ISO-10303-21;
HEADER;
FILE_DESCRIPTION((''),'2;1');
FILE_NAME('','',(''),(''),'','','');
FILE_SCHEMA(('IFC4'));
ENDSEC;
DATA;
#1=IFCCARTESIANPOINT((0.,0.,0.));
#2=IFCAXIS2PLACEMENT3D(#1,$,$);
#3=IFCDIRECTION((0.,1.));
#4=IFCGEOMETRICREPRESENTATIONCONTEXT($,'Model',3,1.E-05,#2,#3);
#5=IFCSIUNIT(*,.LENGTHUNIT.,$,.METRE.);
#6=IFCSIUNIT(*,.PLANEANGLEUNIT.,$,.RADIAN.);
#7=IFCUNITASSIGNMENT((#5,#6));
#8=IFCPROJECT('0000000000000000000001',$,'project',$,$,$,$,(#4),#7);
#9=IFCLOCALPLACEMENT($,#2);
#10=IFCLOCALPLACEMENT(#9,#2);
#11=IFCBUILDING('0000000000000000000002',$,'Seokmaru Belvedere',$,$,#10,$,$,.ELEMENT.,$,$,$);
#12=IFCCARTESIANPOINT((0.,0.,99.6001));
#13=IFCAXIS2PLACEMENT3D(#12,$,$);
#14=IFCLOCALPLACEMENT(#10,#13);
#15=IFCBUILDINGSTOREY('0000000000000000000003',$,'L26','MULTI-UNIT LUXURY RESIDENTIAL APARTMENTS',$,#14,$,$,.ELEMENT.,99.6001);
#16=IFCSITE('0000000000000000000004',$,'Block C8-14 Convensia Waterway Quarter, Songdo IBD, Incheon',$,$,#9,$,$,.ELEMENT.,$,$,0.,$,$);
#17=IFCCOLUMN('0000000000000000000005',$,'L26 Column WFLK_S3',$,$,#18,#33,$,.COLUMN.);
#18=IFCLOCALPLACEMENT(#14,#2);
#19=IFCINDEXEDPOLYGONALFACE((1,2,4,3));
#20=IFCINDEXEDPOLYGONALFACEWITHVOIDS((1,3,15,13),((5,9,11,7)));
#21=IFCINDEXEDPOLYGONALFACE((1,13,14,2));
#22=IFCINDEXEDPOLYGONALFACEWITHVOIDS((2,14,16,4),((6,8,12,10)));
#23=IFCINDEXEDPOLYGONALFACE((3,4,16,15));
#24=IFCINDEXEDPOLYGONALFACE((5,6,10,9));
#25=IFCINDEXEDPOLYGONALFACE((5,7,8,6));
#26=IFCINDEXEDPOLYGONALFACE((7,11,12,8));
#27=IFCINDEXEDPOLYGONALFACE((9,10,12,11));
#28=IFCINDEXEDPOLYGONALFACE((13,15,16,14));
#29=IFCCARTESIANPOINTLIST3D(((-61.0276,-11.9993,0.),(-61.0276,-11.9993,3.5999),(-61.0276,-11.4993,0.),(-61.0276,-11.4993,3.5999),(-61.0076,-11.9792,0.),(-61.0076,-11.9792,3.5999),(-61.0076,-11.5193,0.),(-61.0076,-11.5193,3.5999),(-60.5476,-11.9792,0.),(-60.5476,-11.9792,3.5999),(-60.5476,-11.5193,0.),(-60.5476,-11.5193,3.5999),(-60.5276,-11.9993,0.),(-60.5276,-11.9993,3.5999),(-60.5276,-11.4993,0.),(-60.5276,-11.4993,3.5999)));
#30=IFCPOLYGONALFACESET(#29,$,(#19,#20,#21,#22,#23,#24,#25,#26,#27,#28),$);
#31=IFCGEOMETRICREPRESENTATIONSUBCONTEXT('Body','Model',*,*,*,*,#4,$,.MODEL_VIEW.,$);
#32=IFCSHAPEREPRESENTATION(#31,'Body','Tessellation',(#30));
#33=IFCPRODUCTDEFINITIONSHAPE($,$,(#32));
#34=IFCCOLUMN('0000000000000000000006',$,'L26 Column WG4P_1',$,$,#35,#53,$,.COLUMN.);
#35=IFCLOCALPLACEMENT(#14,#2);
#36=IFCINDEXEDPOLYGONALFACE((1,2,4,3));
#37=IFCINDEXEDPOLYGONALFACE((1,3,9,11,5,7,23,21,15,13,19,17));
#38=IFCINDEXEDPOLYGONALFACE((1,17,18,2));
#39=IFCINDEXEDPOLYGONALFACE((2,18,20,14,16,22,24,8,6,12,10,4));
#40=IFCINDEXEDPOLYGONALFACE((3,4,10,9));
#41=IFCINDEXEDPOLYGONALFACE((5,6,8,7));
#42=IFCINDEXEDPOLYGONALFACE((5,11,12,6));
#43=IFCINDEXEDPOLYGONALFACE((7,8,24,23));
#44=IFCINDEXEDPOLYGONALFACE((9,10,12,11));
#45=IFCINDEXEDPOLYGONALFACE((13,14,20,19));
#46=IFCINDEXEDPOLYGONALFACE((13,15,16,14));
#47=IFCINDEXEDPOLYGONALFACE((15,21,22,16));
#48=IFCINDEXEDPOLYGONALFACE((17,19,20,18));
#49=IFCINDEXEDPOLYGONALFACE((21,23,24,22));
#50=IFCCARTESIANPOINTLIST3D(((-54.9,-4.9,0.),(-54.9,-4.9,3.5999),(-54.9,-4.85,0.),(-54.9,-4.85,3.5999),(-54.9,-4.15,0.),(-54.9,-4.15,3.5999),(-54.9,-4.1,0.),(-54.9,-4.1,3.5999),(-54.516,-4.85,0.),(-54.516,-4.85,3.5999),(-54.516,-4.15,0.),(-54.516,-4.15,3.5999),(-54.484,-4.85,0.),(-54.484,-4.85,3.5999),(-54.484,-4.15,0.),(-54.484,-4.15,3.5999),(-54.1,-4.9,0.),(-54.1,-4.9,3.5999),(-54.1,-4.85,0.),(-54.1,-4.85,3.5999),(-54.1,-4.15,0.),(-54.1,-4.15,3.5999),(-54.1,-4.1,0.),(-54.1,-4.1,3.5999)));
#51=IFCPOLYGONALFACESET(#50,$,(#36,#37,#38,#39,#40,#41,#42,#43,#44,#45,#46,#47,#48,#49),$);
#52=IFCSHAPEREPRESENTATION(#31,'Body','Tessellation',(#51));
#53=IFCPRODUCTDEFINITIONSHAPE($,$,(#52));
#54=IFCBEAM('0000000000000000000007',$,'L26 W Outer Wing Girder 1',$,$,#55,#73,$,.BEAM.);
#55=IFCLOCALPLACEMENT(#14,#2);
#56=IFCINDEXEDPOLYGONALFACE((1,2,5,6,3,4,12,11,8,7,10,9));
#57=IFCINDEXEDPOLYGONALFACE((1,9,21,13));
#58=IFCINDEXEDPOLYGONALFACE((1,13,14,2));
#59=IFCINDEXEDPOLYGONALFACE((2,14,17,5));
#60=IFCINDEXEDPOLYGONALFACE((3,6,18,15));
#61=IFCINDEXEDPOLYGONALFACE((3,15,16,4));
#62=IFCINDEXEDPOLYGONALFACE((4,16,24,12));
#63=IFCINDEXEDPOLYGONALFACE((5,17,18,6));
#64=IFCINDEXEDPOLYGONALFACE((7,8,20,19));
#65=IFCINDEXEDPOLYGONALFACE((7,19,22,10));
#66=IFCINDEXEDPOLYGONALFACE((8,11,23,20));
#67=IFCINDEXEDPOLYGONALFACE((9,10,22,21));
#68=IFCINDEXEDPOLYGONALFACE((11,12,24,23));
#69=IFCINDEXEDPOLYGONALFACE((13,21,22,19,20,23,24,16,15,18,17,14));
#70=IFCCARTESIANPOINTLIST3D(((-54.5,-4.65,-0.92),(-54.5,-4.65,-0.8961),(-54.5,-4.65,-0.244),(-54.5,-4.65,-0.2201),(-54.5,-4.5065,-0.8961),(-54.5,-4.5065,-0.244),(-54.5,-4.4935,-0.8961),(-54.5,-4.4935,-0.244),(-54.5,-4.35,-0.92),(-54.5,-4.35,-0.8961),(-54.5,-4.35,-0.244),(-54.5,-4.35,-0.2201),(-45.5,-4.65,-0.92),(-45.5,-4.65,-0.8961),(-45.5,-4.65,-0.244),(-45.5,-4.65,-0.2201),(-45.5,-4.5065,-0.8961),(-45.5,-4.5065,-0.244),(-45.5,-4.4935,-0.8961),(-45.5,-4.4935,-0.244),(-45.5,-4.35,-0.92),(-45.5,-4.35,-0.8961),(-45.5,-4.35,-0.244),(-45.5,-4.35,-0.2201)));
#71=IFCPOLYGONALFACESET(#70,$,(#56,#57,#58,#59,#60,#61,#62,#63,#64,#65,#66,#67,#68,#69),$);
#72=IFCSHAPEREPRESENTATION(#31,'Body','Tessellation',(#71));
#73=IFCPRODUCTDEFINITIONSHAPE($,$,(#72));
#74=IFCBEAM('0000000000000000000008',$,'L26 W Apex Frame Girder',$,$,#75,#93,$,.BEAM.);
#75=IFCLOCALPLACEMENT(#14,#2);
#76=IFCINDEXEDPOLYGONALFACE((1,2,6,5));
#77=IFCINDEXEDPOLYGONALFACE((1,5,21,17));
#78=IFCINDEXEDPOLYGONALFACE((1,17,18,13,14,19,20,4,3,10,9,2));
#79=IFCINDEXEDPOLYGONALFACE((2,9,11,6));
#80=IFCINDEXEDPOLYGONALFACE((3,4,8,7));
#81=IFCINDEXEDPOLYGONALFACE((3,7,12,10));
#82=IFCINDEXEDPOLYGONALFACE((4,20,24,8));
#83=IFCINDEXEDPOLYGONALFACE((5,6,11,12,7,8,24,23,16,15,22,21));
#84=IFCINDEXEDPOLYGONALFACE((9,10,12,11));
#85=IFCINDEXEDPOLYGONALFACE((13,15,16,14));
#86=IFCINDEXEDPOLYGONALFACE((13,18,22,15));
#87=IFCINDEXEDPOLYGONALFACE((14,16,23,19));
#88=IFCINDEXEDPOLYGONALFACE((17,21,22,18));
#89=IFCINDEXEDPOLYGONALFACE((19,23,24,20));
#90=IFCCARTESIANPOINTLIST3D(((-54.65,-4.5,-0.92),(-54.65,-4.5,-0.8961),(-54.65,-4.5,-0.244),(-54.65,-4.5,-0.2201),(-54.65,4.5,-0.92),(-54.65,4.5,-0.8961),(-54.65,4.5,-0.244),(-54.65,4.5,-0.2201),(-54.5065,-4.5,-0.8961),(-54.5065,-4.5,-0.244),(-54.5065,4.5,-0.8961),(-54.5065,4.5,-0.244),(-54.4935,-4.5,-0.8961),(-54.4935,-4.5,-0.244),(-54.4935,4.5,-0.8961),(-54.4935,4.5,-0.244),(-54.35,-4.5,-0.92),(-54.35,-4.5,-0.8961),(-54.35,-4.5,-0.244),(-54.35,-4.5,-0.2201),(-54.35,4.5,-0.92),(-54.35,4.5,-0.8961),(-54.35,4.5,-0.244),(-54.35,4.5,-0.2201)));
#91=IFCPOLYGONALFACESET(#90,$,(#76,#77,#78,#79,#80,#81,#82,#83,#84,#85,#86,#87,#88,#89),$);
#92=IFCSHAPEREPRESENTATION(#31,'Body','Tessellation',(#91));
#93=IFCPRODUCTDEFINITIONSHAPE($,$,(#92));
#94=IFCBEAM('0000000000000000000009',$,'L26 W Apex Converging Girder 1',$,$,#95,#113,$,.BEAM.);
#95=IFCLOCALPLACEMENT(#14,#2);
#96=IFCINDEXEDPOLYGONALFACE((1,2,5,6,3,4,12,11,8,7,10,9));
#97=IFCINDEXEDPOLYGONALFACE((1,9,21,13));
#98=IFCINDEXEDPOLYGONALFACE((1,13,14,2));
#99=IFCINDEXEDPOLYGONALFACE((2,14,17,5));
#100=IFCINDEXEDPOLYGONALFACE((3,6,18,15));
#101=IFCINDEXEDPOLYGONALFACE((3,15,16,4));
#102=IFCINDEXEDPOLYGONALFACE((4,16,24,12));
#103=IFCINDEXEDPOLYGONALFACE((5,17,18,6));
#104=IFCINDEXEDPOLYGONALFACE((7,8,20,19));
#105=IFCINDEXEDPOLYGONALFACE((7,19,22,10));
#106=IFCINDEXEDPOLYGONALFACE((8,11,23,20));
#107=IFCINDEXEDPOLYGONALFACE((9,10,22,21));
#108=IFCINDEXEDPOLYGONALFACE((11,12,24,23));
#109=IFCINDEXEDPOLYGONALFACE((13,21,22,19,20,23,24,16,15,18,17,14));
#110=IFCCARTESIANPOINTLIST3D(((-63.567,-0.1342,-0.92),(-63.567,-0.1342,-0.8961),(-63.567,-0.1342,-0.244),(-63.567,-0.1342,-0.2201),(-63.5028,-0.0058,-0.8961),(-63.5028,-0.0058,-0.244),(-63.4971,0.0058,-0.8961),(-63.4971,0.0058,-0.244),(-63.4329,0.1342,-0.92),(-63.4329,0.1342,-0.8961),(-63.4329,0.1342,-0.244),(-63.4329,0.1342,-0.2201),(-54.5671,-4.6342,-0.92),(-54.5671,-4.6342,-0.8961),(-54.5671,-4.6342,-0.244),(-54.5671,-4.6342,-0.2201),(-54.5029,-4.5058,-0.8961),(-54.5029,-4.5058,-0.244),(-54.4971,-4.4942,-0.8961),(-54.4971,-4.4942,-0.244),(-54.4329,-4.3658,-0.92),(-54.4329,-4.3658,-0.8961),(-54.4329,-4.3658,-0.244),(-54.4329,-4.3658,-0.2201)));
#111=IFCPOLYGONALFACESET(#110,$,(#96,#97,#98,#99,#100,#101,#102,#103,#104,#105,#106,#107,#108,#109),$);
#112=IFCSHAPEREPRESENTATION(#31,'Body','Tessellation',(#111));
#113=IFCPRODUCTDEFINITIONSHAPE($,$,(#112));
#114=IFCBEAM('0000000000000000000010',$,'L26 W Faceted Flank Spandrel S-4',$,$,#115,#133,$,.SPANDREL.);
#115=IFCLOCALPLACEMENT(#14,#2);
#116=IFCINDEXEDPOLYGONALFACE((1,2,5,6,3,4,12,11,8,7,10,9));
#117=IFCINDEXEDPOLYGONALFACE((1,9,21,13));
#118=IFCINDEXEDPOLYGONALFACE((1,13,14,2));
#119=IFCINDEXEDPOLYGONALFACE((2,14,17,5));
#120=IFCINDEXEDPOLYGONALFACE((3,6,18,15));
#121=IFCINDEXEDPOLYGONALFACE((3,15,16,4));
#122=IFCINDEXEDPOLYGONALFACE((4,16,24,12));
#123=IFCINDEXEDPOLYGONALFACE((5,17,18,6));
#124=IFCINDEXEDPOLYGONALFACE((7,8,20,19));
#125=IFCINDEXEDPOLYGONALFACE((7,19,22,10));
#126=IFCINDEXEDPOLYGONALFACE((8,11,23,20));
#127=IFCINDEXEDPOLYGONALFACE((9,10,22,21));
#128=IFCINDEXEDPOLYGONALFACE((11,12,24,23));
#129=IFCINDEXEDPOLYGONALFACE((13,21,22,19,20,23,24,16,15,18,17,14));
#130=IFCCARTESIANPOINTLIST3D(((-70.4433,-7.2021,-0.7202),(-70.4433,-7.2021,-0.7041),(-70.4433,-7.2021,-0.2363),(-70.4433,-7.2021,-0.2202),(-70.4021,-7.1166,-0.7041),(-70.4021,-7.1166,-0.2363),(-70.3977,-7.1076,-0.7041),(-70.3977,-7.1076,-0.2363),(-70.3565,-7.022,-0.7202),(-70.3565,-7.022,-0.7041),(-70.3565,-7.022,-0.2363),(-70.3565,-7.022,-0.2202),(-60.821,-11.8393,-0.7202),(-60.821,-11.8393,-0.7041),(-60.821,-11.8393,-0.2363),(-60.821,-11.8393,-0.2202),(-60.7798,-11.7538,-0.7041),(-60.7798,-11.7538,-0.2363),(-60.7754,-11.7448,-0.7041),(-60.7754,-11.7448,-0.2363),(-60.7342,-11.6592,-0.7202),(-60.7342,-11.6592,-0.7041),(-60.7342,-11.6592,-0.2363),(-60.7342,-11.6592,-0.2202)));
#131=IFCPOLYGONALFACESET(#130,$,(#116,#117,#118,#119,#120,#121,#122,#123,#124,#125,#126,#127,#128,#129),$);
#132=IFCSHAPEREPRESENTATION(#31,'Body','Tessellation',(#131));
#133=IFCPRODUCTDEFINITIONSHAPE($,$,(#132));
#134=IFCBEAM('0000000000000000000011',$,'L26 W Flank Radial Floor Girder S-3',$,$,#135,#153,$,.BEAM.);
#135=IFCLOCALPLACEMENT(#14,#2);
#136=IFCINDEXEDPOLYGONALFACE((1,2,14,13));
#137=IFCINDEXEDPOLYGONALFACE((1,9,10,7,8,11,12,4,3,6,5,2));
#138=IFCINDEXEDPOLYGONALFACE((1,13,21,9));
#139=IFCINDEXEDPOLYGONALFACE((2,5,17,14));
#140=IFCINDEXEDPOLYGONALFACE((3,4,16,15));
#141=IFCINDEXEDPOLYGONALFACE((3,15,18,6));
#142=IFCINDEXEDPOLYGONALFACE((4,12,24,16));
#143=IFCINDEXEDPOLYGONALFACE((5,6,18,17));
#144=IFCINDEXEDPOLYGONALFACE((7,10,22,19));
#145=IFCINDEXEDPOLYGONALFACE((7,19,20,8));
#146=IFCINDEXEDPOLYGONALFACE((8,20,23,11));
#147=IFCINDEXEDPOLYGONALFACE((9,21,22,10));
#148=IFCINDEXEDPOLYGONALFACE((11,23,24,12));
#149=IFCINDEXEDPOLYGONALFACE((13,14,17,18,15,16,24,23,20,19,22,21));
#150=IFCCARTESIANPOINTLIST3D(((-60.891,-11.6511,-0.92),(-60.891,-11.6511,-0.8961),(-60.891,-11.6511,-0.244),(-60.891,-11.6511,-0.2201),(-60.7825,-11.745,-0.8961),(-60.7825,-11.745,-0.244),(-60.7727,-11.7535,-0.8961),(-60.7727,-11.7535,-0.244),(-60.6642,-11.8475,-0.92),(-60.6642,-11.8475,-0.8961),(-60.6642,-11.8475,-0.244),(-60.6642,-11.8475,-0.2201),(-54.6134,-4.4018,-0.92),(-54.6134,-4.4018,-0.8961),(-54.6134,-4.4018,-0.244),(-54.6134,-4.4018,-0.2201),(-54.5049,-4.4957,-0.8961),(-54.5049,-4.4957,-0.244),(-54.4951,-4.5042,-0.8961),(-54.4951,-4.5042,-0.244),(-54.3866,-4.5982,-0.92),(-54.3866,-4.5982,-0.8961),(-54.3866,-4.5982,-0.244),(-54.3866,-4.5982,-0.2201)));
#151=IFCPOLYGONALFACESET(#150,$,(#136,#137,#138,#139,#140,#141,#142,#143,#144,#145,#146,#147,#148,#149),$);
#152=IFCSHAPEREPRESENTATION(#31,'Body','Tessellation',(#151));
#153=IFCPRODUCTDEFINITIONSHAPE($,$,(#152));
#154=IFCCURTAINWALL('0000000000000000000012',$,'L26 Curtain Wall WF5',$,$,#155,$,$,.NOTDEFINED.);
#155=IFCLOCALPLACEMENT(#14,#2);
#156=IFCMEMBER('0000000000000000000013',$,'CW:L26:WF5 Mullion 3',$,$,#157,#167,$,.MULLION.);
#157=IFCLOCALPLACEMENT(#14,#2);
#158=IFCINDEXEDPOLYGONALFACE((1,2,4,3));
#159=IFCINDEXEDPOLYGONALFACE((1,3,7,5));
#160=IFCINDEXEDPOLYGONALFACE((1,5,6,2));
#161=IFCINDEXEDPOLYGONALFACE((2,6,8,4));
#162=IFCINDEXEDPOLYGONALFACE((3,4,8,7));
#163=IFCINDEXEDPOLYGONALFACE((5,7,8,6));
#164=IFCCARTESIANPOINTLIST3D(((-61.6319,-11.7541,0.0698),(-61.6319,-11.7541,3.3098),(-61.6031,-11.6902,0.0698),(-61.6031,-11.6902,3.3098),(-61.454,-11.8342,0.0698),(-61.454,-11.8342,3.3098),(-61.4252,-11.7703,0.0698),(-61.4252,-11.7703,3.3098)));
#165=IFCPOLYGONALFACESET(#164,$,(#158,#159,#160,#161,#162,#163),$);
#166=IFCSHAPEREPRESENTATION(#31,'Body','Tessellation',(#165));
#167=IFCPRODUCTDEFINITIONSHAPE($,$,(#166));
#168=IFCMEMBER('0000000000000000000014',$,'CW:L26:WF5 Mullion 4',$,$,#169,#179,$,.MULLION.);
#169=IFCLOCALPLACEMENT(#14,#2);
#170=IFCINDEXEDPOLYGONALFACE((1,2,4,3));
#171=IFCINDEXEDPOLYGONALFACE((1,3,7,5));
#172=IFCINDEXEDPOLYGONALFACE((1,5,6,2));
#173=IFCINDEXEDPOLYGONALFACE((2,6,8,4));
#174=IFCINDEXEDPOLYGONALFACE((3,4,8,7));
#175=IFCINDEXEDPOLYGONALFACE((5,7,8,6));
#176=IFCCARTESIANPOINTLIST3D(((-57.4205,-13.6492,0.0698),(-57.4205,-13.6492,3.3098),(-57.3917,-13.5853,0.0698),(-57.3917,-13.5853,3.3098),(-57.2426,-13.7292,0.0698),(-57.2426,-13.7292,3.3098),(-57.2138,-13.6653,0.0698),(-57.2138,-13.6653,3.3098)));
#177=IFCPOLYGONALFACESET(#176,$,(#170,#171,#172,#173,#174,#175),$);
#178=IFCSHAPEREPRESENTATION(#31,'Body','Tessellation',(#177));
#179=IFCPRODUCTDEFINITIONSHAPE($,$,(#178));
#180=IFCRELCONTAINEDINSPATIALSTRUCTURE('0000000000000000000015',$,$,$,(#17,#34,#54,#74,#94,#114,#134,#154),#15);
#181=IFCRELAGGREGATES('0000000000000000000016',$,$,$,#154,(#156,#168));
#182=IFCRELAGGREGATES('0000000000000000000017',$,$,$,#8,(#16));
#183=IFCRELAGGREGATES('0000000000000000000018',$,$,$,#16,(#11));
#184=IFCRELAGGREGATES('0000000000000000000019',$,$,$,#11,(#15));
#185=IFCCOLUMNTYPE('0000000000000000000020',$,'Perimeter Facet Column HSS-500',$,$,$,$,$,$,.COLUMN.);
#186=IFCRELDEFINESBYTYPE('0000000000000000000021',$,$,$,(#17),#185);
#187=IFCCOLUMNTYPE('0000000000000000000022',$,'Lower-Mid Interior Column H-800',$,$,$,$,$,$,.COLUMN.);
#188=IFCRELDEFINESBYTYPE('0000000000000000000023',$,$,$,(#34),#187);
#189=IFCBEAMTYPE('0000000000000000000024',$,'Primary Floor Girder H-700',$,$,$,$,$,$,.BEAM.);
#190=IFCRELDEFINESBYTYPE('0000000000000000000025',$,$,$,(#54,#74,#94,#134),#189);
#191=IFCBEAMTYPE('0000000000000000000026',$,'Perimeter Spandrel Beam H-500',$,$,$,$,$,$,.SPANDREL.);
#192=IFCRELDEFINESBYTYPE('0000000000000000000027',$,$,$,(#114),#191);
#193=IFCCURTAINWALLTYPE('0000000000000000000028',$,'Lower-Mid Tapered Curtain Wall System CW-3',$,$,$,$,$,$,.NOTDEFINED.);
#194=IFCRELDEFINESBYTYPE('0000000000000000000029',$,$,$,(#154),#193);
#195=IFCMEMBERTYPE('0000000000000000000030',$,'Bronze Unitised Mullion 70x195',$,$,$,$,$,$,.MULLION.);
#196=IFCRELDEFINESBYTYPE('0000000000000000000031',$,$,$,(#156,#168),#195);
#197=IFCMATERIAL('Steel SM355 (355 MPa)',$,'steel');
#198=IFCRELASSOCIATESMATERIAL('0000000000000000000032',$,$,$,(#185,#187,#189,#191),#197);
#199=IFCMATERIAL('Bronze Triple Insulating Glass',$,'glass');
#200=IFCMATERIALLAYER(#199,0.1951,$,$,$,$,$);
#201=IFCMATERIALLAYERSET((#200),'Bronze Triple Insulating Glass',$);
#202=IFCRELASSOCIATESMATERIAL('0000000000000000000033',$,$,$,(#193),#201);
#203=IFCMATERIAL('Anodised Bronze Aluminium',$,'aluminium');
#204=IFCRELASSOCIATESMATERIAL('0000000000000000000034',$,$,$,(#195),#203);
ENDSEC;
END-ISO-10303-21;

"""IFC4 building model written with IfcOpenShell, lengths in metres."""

from ifc_helpers import new_model, si_unit, direction, frame, origin, origin_2d, place, context, subcontext, project, spatial, rectangle, hollow_rectangle, i_section, extrude, source, transform, mapped, material, layer, layer_set, material_profile, profile_set, type_object, type_shapes, element, aggregate, save


model = new_model("IFC4")

# Units and contexts
model_context = context("Model", 3, precision=1e-05, world=origin(), true_north=direction((0.0, 1.0)))
body_context = subcontext(model_context, "Body", "Model", "MODEL_VIEW")
ifc_project = project(units=[si_unit("LENGTHUNIT", "METRE"), si_unit("PLANEANGLEUNIT", "RADIAN")], contexts=[model_context])

# Site, building, storey
site_placement = place(None, origin())
site = spatial("IfcSite", under=ifc_project, at=site_placement, Name="Block C8-14 Convensia Waterway Quarter, Songdo IBD, Incheon", CompositionType="ELEMENT", RefElevation=0.0)
building_placement = place(site_placement, origin())
building = spatial("IfcBuilding", under=site, at=building_placement, Name="Seokmaru Belvedere", CompositionType="ELEMENT")
storey_placement = place(building_placement, frame((0.0, 0.0, 99.6001)))
storey = spatial("IfcBuildingStorey", under=building, at=storey_placement, Name="L26", Description="MULTI-UNIT LUXURY RESIDENTIAL APARTMENTS", CompositionType="ELEMENT", Elevation=99.6001)

# Columns
ifc_material_1 = material(Name="Steel SM355 (355 MPa)", Category="steel")
ifc_material_profile_1 = material_profile(ifc_material_1, hollow_rectangle(XDim=0.5, YDim=0.5, WallThickness=0.02, at=origin_2d()), Name="HSS-500x500x20")
ifc_profile_set_1 = profile_set([ifc_material_profile_1], Name="Steel SM355 (355 MPa)")
column_type_1 = type_object("IfcColumnType", Name="Perimeter Facet Column HSS-500", PredefinedType="COLUMN", material=ifc_profile_set_1)
shared_shape_1 = source(origin(), body_context, "Body", "SweptSolid", [
    extrude(hollow_rectangle(XDim=0.5, YDim=0.5, WallThickness=0.02, at=origin_2d()), origin(), (0.0, 0.0, 1.0), 3.5999),
])
type_shapes(column_type_1, [shared_shape_1])
column_1_placement = place(storey_placement, frame((-60.7776, -11.7493, 0.0), z_axis=(0.0, 0.0, 1.0), x_axis=(1.0, 0.0, 0.0)))
element("IfcColumn", 1, at=column_1_placement, inside=storey, type_object=column_type_1, Name="L26 Column WFLK_S3", PredefinedType="COLUMN", context=body_context, shape_type="MappedRepresentation", body=[
    mapped(shared_shape_1, transform((0.0, 0.0, 0.0), scale=1.0)),
])
ifc_material_profile_2 = material_profile(ifc_material_1, i_section(OverallWidth=0.8, OverallDepth=0.8, WebThickness=0.032, FlangeThickness=0.05, at=origin_2d()), Name="H-800x800x32x50")
ifc_profile_set_2 = profile_set([ifc_material_profile_2], Name="Steel SM355 (355 MPa)")
column_type_2 = type_object("IfcColumnType", Name="Lower-Mid Interior Column H-800", PredefinedType="COLUMN", material=ifc_profile_set_2)
shared_shape_2 = source(origin(), body_context, "Body", "SweptSolid", [
    extrude(i_section(OverallWidth=0.8, OverallDepth=0.8, WebThickness=0.032, FlangeThickness=0.05, at=origin_2d()), origin(), (0.0, 0.0, 1.0), 3.5999),
])
type_shapes(column_type_2, [shared_shape_2])
column_2_placement = place(storey_placement, frame((-54.5, -4.5, 0.0), z_axis=(0.0, 0.0, 1.0), x_axis=(1.0, 0.0, 0.0)))
element("IfcColumn", 2, at=column_2_placement, inside=storey, type_object=column_type_2, Name="L26 Column WG4P_1", PredefinedType="COLUMN", context=body_context, shape_type="MappedRepresentation", body=[
    mapped(shared_shape_2, transform((0.0, 0.0, 0.0), scale=1.0)),
])

# Beams
ifc_material_profile_3 = material_profile(ifc_material_1, i_section(OverallWidth=0.3, OverallDepth=0.7, WebThickness=0.0129, FlangeThickness=0.0239, at=origin_2d()), Name="H-700x300x13x24")
ifc_profile_set_3 = profile_set([ifc_material_profile_3], Name="Steel SM355 (355 MPa)")
beam_type_1 = type_object("IfcBeamType", Name="Primary Floor Girder H-700", PredefinedType="BEAM", material=ifc_profile_set_3)
shared_shape_3 = source(origin(), body_context, "Body", "SweptSolid", [
    extrude(i_section(OverallWidth=0.3, OverallDepth=0.7, WebThickness=0.0129, FlangeThickness=0.0239, at=origin_2d()), origin(), (0.0, 0.0, 1.0), 9.0),
])
for number, where, z_axis, x_axis, name in (
    (3, (-54.5, -4.5, -0.5701), (1.0, 0.0, 0.0), (0.0, 1.0, 0.0), "L26 W Outer Wing Girder 1"),
    (4, (-54.5, -4.5, -0.5701), (0.0, 1.0, 0.0), (-1.0, 0.0, 0.0), "L26 W Apex Frame Girder"),
):
    element("IfcBeam", number, at=place(storey_placement, frame(where, z_axis=z_axis, x_axis=x_axis)), inside=storey, type_object=beam_type_1, Name=name, PredefinedType="BEAM", context=body_context, shape_type="MappedRepresentation", body=[
        mapped(shared_shape_3, transform((0.0, 0.0, 0.0), scale=1.0)),
    ])
shared_shape_4 = source(origin(), body_context, "Body", "SweptSolid", [
    extrude(i_section(OverallWidth=0.3, OverallDepth=0.7, WebThickness=0.0129, FlangeThickness=0.0239, at=origin_2d()), origin(), (0.0, 0.0, 1.0), 10.0623),
])
beam_1_placement = place(storey_placement, frame((-54.5, -4.5, -0.5701), z_axis=(-0.894427, 0.447214, 0.0), x_axis=(-0.447214, -0.894427, 0.0)))
element("IfcBeam", 5, at=beam_1_placement, inside=storey, type_object=beam_type_1, Name="L26 W Apex Converging Girder 1", PredefinedType="BEAM", context=body_context, shape_type="MappedRepresentation", body=[
    mapped(shared_shape_4, transform((0.0, 0.0, 0.0), scale=1.0)),
])
ifc_material_profile_4 = material_profile(ifc_material_1, i_section(OverallWidth=0.2, OverallDepth=0.5, WebThickness=0.01, FlangeThickness=0.0161, at=origin_2d()), Name="H-500x200x10x16")
ifc_profile_set_4 = profile_set([ifc_material_profile_4], Name="Steel SM355 (355 MPa)")
beam_type_2 = type_object("IfcBeamType", Name="Perimeter Spandrel Beam H-500", PredefinedType="SPANDREL", material=ifc_profile_set_4)
shared_shape_5 = source(origin(), body_context, "Body", "SweptSolid", [
    extrude(i_section(OverallWidth=0.2, OverallDepth=0.5, WebThickness=0.01, FlangeThickness=0.0161, at=origin_2d()), origin(), (0.0, 0.0, 1.0), 10.6814),
])
type_shapes(beam_type_2, [shared_shape_5])
beam_2_placement = place(storey_placement, frame((-60.7776, -11.7493, -0.4702), z_axis=(-0.900846, 0.434138, 0.0), x_axis=(-0.434138, -0.900846, 0.0)))
element("IfcBeam", 6, at=beam_2_placement, inside=storey, type_object=beam_type_2, Name="L26 W Faceted Flank Spandrel S-4", PredefinedType="SPANDREL", context=body_context, shape_type="MappedRepresentation", body=[
    mapped(shared_shape_5, transform((0.0, 0.0, 0.0), scale=1.0)),
])
shared_shape_6 = source(origin(), body_context, "Body", "SweptSolid", [
    extrude(i_section(OverallWidth=0.3, OverallDepth=0.7, WebThickness=0.0129, FlangeThickness=0.0239, at=origin_2d()), origin(), (0.0, 0.0, 1.0), 9.5896),
])
type_shapes(beam_type_1, [shared_shape_3, shared_shape_4, shared_shape_6])
beam_3_placement = place(storey_placement, frame((-60.7776, -11.7493, -0.5701), z_axis=(0.654626, 0.755953, 0.0), x_axis=(-0.755953, 0.654626, 0.0)))
element("IfcBeam", 7, at=beam_3_placement, inside=storey, type_object=beam_type_1, Name="L26 W Flank Radial Floor Girder S-3", PredefinedType="BEAM", context=body_context, shape_type="MappedRepresentation", body=[
    mapped(shared_shape_6, transform((0.0, 0.0, 0.0), scale=1.0)),
])

# Curtain wall, members
ifc_material_2 = material(Name="Bronze Triple Insulating Glass", Category="glass")
ifc_layer_1 = layer(ifc_material_2, 0.1951)
ifc_layer_set_1 = layer_set([ifc_layer_1], Name="Bronze Triple Insulating Glass")
curtain_wall_type = type_object("IfcCurtainWallType", Name="Lower-Mid Tapered Curtain Wall System CW-3", PredefinedType="NOTDEFINED", material=ifc_layer_set_1)
curtain_wall_placement = place(storey_placement, origin())
curtain_wall = element("IfcCurtainWall", 8, at=curtain_wall_placement, inside=storey, type_object=curtain_wall_type, Name="L26 Curtain Wall WF5", PredefinedType="NOTDEFINED")
ifc_material_3 = material(Name="Anodised Bronze Aluminium", Category="aluminium")
ifc_material_profile_5 = material_profile(ifc_material_3, rectangle(XDim=0.0701, YDim=0.1951, at=origin_2d()), Name="CW-M-70x195")
ifc_profile_set_5 = profile_set([ifc_material_profile_5], Name="Anodised Bronze Aluminium")
member_type = type_object("IfcMemberType", Name="Bronze Unitised Mullion 70x195", PredefinedType="MULLION", material=ifc_profile_set_5)
shared_shape_7 = source(origin(), body_context, "Body", "SweptSolid", [
    extrude(rectangle(XDim=0.0701, YDim=0.1951, at=origin_2d()), origin(), (0.0, 0.0, 1.0), 3.24),
])
type_shapes(member_type, [shared_shape_7])
member_1_placement = place(storey_placement, frame((-61.5286, -11.7622, 0.0698), z_axis=(0.0, 0.0, 1.0), x_axis=(0.410366, 0.911921, 0.0)))
member_1 = element("IfcMember", 9, at=member_1_placement, type_object=member_type, Name="CW:L26:WF5 Mullion 3", PredefinedType="MULLION", context=body_context, shape_type="MappedRepresentation", body=[
    mapped(shared_shape_7, transform((0.0, 0.0, 0.0), scale=1.0)),
])
member_2_placement = place(storey_placement, frame((-57.3171, -13.6572, 0.0698), z_axis=(0.0, 0.0, 1.0), x_axis=(0.410366, 0.911921, 0.0)))
member_2 = element("IfcMember", 10, at=member_2_placement, type_object=member_type, Name="CW:L26:WF5 Mullion 4", PredefinedType="MULLION", context=body_context, shape_type="MappedRepresentation", body=[
    mapped(shared_shape_7, transform((0.0, 0.0, 0.0), scale=1.0)),
])
aggregate(curtain_wall, [member_1, member_2])

save(model, "model.ifc")
